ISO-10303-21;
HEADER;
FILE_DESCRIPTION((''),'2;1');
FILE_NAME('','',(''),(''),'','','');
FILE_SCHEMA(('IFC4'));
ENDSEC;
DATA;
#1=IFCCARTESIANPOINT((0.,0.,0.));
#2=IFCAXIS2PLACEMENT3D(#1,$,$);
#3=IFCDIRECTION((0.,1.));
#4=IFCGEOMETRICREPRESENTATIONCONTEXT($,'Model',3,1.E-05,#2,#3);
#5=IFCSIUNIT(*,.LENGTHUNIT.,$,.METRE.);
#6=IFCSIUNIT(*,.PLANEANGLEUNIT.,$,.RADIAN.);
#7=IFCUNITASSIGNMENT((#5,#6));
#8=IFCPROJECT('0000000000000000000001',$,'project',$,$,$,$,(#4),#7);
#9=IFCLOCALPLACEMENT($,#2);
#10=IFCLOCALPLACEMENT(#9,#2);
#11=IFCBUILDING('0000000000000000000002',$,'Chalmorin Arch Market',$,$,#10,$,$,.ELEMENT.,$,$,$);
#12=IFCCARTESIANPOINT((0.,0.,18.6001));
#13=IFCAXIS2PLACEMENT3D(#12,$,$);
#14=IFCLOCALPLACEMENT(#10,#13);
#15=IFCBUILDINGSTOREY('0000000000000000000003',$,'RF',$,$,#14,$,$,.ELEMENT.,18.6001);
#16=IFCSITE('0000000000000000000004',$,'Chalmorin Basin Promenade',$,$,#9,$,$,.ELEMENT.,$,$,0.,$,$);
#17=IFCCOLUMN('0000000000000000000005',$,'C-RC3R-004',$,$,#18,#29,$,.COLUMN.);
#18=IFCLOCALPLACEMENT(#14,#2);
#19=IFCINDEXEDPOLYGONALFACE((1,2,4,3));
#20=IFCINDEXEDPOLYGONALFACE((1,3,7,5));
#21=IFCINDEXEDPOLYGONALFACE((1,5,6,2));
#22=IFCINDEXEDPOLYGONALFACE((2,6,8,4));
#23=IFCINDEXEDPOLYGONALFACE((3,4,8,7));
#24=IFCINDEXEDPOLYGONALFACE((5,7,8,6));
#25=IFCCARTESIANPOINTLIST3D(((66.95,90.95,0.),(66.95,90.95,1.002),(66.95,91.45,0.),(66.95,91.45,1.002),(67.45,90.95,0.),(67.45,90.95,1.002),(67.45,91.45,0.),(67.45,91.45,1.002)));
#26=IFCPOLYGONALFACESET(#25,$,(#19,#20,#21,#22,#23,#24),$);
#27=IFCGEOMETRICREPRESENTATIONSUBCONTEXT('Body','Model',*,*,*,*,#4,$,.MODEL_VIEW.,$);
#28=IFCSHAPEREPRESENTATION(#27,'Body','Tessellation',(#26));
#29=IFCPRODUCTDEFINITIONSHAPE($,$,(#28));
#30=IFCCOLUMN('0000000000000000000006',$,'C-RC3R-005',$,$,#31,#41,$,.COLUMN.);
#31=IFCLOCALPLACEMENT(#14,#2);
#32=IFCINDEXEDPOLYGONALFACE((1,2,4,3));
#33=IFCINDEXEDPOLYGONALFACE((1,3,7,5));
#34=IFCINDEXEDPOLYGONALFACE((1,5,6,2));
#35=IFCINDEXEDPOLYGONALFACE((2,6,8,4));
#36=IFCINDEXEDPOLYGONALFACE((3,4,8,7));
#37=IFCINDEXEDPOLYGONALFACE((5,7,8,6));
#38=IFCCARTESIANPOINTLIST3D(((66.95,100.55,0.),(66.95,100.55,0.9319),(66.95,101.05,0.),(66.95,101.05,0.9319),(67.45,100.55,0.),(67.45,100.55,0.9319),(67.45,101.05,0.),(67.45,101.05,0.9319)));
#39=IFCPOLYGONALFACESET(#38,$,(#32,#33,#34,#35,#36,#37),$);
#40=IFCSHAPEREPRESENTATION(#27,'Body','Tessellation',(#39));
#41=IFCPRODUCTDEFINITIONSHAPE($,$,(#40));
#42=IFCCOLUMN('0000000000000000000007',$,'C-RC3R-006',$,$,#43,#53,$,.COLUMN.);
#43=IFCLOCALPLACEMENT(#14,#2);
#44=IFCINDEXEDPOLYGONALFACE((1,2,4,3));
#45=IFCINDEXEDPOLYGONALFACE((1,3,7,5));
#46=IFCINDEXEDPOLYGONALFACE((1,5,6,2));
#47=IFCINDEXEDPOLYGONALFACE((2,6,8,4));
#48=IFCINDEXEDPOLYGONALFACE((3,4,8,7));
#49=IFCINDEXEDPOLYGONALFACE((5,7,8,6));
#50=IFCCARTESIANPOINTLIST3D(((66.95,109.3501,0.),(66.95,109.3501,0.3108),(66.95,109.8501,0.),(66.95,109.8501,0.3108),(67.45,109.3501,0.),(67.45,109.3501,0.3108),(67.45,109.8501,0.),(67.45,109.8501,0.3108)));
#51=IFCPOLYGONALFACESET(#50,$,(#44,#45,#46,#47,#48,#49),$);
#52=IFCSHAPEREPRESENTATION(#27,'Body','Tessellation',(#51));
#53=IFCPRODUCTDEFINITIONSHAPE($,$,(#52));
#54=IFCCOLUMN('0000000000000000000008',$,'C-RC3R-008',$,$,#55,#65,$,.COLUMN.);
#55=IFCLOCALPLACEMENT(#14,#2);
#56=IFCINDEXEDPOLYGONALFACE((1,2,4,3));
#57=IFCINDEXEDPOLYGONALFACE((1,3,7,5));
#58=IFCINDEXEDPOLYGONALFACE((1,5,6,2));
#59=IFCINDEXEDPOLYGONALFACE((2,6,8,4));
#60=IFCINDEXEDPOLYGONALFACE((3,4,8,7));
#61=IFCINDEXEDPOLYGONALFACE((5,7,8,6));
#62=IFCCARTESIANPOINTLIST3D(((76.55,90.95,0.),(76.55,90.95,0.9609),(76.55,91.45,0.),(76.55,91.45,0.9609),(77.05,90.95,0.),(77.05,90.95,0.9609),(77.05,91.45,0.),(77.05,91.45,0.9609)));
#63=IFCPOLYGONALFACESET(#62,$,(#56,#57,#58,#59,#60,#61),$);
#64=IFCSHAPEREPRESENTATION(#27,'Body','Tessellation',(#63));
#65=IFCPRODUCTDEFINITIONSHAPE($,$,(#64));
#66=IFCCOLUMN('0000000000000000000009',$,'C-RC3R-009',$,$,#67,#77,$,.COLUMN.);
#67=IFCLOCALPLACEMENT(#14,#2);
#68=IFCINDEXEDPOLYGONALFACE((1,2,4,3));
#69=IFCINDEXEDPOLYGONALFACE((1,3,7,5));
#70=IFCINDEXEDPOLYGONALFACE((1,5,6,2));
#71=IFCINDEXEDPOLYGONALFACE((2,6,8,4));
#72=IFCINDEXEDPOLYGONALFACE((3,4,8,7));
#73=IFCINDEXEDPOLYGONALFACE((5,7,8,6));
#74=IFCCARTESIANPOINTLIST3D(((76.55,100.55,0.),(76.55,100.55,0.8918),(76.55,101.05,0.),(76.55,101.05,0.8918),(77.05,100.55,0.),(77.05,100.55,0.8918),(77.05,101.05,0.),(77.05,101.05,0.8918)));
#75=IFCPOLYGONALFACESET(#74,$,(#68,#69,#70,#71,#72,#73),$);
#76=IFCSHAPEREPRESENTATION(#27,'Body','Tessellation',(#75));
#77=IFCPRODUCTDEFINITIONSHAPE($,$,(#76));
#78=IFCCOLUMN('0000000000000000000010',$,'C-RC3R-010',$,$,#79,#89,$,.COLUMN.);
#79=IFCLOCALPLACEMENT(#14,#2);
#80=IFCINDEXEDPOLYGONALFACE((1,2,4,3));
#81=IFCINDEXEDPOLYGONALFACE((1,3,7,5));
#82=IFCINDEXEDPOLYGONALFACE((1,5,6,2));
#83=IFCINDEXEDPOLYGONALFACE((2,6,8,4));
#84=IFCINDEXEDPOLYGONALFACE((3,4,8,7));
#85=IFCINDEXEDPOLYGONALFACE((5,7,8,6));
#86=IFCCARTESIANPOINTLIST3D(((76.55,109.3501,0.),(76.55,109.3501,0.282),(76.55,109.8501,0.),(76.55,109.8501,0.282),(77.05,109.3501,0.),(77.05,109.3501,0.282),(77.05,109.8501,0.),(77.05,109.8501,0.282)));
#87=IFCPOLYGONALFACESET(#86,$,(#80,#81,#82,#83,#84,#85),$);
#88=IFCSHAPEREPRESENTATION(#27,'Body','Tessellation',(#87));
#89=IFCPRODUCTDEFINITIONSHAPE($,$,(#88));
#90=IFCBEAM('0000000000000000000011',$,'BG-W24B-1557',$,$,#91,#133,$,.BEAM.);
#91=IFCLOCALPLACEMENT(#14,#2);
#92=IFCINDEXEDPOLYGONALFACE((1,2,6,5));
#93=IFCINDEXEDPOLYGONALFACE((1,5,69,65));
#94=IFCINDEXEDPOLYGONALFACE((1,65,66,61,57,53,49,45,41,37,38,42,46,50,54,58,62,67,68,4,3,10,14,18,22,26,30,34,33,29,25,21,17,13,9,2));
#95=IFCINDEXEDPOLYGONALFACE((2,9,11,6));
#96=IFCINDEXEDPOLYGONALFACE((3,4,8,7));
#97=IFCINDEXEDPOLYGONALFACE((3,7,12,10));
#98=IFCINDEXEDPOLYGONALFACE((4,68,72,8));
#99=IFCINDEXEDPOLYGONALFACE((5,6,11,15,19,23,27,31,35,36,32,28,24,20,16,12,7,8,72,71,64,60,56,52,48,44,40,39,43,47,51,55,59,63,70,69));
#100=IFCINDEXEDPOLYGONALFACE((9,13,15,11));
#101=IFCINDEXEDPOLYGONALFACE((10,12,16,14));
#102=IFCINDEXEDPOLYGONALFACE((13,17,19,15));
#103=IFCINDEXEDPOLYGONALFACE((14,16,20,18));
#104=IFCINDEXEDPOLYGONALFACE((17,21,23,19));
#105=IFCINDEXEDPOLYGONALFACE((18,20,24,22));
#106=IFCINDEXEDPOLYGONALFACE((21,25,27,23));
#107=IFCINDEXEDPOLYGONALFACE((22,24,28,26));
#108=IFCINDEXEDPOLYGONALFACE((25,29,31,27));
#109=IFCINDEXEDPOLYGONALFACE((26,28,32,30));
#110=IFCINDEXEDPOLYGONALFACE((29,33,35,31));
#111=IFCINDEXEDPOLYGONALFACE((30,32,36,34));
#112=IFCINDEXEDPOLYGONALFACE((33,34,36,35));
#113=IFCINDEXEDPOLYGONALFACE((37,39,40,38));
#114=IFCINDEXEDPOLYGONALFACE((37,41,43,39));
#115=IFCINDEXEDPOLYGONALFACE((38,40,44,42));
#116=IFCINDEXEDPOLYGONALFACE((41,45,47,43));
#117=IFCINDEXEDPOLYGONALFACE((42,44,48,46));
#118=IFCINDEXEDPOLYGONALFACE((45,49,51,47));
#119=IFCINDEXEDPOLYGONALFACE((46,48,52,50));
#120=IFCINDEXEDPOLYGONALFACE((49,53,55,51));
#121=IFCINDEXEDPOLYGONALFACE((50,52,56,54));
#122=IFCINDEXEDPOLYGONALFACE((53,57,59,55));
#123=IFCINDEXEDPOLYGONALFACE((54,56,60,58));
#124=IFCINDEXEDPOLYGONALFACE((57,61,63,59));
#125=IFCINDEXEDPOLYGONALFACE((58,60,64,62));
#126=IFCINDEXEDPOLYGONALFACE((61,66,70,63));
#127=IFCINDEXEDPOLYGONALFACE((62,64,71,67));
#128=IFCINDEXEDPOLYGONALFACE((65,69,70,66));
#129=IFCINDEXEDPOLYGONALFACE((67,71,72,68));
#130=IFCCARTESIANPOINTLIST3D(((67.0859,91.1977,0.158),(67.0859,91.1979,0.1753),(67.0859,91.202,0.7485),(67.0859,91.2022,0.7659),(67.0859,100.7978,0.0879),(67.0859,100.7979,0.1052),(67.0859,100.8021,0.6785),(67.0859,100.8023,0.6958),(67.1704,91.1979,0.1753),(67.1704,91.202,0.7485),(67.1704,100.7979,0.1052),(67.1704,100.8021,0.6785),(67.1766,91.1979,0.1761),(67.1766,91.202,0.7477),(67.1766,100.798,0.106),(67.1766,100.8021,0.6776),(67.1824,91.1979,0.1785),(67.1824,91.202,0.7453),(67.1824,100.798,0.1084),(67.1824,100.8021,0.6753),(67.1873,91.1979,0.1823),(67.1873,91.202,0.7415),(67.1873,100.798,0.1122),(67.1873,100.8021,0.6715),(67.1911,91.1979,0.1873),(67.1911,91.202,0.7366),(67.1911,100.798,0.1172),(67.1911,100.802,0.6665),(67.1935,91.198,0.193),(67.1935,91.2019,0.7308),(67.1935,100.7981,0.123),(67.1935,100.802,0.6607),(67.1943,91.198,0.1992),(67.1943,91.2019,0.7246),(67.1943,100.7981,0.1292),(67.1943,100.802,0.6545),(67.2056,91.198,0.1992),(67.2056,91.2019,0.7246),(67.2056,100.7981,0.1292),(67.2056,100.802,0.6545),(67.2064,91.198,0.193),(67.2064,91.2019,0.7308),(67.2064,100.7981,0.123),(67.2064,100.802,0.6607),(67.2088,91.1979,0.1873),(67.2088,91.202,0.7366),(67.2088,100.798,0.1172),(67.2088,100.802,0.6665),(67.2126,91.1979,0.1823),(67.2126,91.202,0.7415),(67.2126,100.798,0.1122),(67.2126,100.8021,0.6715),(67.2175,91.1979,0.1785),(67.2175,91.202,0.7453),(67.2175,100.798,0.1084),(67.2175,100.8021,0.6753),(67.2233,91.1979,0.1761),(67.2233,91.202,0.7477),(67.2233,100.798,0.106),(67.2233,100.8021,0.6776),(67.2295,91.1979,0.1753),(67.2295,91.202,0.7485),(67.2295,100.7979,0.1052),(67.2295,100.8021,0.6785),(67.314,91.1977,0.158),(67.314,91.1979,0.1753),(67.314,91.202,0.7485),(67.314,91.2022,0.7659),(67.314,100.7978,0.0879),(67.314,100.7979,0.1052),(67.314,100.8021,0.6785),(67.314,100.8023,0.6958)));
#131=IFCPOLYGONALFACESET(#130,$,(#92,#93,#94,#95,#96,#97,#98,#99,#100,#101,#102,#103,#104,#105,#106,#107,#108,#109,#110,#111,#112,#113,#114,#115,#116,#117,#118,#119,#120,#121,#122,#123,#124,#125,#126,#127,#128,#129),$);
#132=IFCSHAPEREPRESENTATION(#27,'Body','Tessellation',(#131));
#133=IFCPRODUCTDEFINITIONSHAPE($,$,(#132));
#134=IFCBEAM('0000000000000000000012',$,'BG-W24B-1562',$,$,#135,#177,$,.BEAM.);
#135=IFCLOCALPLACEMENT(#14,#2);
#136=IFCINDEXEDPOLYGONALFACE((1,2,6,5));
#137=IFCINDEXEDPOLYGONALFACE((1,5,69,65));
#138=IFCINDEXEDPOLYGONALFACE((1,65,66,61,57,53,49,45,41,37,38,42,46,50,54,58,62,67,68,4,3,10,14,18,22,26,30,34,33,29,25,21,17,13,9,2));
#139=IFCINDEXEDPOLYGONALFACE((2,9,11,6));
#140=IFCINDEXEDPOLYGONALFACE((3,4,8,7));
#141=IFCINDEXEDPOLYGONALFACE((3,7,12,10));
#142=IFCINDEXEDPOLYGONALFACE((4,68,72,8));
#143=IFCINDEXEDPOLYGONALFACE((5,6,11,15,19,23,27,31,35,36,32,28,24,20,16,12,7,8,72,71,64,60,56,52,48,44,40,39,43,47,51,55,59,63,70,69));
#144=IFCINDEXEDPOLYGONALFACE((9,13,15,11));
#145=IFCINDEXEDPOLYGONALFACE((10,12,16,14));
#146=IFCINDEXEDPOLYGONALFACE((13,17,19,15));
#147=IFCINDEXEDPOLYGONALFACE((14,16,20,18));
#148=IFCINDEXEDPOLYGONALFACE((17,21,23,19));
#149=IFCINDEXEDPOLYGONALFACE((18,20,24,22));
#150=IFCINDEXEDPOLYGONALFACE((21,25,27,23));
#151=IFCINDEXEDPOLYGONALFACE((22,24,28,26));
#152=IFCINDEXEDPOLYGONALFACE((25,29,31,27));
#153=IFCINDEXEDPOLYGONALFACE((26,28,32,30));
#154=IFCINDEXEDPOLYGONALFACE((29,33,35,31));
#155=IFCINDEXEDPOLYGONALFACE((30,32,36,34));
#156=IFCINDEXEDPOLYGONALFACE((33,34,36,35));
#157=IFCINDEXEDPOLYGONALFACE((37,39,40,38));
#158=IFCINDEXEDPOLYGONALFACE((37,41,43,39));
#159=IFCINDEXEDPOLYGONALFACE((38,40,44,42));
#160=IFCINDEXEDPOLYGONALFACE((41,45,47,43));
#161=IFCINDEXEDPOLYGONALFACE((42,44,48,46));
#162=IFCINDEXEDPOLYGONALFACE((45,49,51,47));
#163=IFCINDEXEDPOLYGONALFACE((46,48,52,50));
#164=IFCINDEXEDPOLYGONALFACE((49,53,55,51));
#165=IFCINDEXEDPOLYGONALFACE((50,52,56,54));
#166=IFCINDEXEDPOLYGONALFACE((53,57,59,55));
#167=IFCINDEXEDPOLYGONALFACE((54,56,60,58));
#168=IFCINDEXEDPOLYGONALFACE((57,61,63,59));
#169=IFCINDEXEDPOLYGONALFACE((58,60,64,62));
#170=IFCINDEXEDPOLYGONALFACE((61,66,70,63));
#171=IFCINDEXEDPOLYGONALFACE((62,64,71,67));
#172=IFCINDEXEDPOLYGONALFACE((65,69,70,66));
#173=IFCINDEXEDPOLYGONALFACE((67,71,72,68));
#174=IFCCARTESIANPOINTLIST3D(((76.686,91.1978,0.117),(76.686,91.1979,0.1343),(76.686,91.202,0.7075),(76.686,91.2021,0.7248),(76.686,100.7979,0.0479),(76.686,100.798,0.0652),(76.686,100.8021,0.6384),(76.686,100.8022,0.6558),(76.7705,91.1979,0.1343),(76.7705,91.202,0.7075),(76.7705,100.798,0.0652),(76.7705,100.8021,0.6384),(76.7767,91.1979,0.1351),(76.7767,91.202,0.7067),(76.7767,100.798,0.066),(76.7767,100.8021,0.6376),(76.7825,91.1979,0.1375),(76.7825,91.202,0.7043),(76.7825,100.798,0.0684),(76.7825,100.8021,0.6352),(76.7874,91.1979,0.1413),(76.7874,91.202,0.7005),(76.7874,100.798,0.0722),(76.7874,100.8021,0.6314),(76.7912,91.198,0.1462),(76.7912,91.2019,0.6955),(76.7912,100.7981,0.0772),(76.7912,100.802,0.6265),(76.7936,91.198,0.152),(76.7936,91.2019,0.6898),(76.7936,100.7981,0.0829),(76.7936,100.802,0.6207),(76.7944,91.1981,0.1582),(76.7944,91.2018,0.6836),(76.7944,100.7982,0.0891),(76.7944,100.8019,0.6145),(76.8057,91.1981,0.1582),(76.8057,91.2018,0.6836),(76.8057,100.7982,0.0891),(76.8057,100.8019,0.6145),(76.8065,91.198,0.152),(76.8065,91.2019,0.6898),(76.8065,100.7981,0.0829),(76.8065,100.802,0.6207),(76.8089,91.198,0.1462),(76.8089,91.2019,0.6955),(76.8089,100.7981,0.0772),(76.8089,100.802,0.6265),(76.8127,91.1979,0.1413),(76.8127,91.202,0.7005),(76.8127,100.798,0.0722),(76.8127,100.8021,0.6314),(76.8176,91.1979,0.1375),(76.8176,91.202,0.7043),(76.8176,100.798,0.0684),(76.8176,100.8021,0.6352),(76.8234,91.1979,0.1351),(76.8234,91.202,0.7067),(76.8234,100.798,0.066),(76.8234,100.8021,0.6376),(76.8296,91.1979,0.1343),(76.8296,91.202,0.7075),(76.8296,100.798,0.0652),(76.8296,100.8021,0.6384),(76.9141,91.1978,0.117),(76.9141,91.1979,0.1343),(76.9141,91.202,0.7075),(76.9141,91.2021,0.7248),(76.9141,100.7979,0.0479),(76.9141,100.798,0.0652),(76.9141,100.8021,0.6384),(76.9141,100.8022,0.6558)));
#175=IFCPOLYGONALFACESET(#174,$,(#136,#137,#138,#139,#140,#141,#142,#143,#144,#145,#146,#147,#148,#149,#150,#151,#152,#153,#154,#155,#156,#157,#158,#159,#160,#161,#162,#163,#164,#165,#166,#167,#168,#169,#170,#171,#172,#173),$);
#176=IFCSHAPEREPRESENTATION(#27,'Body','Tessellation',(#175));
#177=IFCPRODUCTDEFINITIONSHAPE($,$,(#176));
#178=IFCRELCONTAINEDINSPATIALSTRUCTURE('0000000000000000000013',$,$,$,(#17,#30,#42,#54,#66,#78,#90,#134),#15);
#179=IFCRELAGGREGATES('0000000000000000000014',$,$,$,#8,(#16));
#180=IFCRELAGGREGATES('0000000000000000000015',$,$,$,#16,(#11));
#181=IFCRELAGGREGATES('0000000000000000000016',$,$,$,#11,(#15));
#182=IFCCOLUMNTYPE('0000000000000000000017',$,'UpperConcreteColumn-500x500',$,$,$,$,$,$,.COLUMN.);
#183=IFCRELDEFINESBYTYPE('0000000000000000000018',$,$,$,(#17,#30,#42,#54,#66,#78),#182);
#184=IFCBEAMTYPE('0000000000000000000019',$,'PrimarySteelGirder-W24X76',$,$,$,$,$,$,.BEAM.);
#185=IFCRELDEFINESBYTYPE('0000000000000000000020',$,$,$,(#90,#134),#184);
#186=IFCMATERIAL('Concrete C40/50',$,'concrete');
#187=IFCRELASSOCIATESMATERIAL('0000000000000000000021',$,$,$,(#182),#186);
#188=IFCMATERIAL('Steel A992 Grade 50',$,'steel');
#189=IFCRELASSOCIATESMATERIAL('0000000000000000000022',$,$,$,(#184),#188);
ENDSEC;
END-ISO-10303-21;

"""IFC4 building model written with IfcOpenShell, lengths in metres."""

from ifc_helpers import new_model, si_unit, direction, frame, origin, origin_2d, place, context, subcontext, project, spatial, rectangle, i_section, extrude, material, material_profile, profile_set, type_object, element, save


model = new_model("IFC4")

# Units and contexts
model_context = context("Model", 3, precision=1e-05, world=origin(), true_north=direction((0.0, 1.0)))
body_context = subcontext(model_context, "Body", "Model", "MODEL_VIEW")
ifc_project = project(units=[si_unit("LENGTHUNIT", "METRE"), si_unit("PLANEANGLEUNIT", "RADIAN")], contexts=[model_context])

# Site, building, storey
site_placement = place(None, origin())
site = spatial("IfcSite", under=ifc_project, at=site_placement, Name="Chalmorin Basin Promenade", CompositionType="ELEMENT", RefElevation=0.0)
building_placement = place(site_placement, origin())
building = spatial("IfcBuilding", under=site, at=building_placement, Name="Chalmorin Arch Market", CompositionType="ELEMENT")
storey_placement = place(building_placement, frame((0.0, 0.0, 18.6001)))
storey = spatial("IfcBuildingStorey", under=building, at=storey_placement, Name="RF", CompositionType="ELEMENT", Elevation=18.6001)

# Columns
ifc_material_1 = material(Name="Concrete C40/50", Category="concrete")
ifc_material_profile_1 = material_profile(ifc_material_1, rectangle(XDim=0.5, YDim=0.5, at=origin_2d()), Name="RC500X500")
ifc_profile_set_1 = profile_set([ifc_material_profile_1], Name="Concrete C40/50")
column_type = type_object("IfcColumnType", Name="UpperConcreteColumn-500x500", PredefinedType="COLUMN", material=ifc_profile_set_1)
column_1_placement = place(storey_placement, frame((67.2, 91.2, 0.0), z_axis=(0.0, 0.0, 1.0), x_axis=(1.0, 0.0, 0.0)))
element("IfcColumn", 1, at=column_1_placement, inside=storey, type_object=column_type, Name="C-RC3R-004", PredefinedType="COLUMN", context=body_context, shape_type="SweptSolid", body=[
    extrude(rectangle(XDim=0.5, YDim=0.5, at=origin_2d()), origin(), (0.0, 0.0, 1.0), 1.002),
])
column_2_placement = place(storey_placement, frame((67.2, 100.8, 0.0), z_axis=(0.0, 0.0, 1.0), x_axis=(1.0, 0.0, 0.0)))
element("IfcColumn", 2, at=column_2_placement, inside=storey, type_object=column_type, Name="C-RC3R-005", PredefinedType="COLUMN", context=body_context, shape_type="SweptSolid", body=[
    extrude(rectangle(XDim=0.5, YDim=0.5, at=origin_2d()), origin(), (0.0, 0.0, 1.0), 0.9319),
])
column_3_placement = place(storey_placement, frame((67.2, 109.6001, 0.0), z_axis=(0.0, 0.0, 1.0), x_axis=(1.0, 0.0, 0.0)))
element("IfcColumn", 3, at=column_3_placement, inside=storey, type_object=column_type, Name="C-RC3R-006", PredefinedType="COLUMN", context=body_context, shape_type="SweptSolid", body=[
    extrude(rectangle(XDim=0.5, YDim=0.5, at=origin_2d()), origin(), (0.0, 0.0, 1.0), 0.3108),
])
column_4_placement = place(storey_placement, frame((76.8, 91.2, 0.0), z_axis=(0.0, 0.0, 1.0), x_axis=(1.0, 0.0, 0.0)))
element("IfcColumn", 4, at=column_4_placement, inside=storey, type_object=column_type, Name="C-RC3R-008", PredefinedType="COLUMN", context=body_context, shape_type="SweptSolid", body=[
    extrude(rectangle(XDim=0.5, YDim=0.5, at=origin_2d()), origin(), (0.0, 0.0, 1.0), 0.9609),
])
column_5_placement = place(storey_placement, frame((76.8, 100.8, 0.0), z_axis=(0.0, 0.0, 1.0), x_axis=(1.0, 0.0, 0.0)))
element("IfcColumn", 5, at=column_5_placement, inside=storey, type_object=column_type, Name="C-RC3R-009", PredefinedType="COLUMN", context=body_context, shape_type="SweptSolid", body=[
    extrude(rectangle(XDim=0.5, YDim=0.5, at=origin_2d()), origin(), (0.0, 0.0, 1.0), 0.8918),
])
column_6_placement = place(storey_placement, frame((76.8, 109.6001, 0.0), z_axis=(0.0, 0.0, 1.0), x_axis=(1.0, 0.0, 0.0)))
element("IfcColumn", 6, at=column_6_placement, inside=storey, type_object=column_type, Name="C-RC3R-010", PredefinedType="COLUMN", context=body_context, shape_type="SweptSolid", body=[
    extrude(rectangle(XDim=0.5, YDim=0.5, at=origin_2d()), origin(), (0.0, 0.0, 1.0), 0.282),
])

# Beams
ifc_material_2 = material(Name="Steel A992 Grade 50", Category="steel")
ifc_material_profile_2 = material_profile(ifc_material_2, i_section(OverallWidth=0.228, OverallDepth=0.6079, WebThickness=0.0112, FlangeThickness=0.0173, FilletRadius=0.0239, at=origin_2d()), Name="W24X76")
ifc_profile_set_2 = profile_set([ifc_material_profile_2], Name="Steel A992 Grade 50")
beam_type = type_object("IfcBeamType", Name="PrimarySteelGirder-W24X76", PredefinedType="BEAM", material=ifc_profile_set_2)
for number, where, z_axis, x_axis, name in (
    (7, (67.2, 91.2, 0.4619), (0.0, 0.999973, -0.007299), (-1.0, 0.0, 0.0), "BG-W24B-1557"),
    (8, (76.8, 91.2, 0.4209), (0.0, 0.999974, -0.007197), (-1.0, 0.0, 0.0), "BG-W24B-1562"),
):
    element("IfcBeam", number, at=place(storey_placement, frame(where, z_axis=z_axis, x_axis=x_axis)), inside=storey, type_object=beam_type, Name=name, PredefinedType="BEAM", context=body_context, shape_type="SweptSolid", body=[
        extrude(i_section(OverallWidth=0.228, OverallDepth=0.6079, WebThickness=0.0112, FlangeThickness=0.0173, FilletRadius=0.0239, at=origin_2d()), origin(), (0.0, 0.0, 1.0), 9.6003),
    ])

save(model, "model.ifc")
